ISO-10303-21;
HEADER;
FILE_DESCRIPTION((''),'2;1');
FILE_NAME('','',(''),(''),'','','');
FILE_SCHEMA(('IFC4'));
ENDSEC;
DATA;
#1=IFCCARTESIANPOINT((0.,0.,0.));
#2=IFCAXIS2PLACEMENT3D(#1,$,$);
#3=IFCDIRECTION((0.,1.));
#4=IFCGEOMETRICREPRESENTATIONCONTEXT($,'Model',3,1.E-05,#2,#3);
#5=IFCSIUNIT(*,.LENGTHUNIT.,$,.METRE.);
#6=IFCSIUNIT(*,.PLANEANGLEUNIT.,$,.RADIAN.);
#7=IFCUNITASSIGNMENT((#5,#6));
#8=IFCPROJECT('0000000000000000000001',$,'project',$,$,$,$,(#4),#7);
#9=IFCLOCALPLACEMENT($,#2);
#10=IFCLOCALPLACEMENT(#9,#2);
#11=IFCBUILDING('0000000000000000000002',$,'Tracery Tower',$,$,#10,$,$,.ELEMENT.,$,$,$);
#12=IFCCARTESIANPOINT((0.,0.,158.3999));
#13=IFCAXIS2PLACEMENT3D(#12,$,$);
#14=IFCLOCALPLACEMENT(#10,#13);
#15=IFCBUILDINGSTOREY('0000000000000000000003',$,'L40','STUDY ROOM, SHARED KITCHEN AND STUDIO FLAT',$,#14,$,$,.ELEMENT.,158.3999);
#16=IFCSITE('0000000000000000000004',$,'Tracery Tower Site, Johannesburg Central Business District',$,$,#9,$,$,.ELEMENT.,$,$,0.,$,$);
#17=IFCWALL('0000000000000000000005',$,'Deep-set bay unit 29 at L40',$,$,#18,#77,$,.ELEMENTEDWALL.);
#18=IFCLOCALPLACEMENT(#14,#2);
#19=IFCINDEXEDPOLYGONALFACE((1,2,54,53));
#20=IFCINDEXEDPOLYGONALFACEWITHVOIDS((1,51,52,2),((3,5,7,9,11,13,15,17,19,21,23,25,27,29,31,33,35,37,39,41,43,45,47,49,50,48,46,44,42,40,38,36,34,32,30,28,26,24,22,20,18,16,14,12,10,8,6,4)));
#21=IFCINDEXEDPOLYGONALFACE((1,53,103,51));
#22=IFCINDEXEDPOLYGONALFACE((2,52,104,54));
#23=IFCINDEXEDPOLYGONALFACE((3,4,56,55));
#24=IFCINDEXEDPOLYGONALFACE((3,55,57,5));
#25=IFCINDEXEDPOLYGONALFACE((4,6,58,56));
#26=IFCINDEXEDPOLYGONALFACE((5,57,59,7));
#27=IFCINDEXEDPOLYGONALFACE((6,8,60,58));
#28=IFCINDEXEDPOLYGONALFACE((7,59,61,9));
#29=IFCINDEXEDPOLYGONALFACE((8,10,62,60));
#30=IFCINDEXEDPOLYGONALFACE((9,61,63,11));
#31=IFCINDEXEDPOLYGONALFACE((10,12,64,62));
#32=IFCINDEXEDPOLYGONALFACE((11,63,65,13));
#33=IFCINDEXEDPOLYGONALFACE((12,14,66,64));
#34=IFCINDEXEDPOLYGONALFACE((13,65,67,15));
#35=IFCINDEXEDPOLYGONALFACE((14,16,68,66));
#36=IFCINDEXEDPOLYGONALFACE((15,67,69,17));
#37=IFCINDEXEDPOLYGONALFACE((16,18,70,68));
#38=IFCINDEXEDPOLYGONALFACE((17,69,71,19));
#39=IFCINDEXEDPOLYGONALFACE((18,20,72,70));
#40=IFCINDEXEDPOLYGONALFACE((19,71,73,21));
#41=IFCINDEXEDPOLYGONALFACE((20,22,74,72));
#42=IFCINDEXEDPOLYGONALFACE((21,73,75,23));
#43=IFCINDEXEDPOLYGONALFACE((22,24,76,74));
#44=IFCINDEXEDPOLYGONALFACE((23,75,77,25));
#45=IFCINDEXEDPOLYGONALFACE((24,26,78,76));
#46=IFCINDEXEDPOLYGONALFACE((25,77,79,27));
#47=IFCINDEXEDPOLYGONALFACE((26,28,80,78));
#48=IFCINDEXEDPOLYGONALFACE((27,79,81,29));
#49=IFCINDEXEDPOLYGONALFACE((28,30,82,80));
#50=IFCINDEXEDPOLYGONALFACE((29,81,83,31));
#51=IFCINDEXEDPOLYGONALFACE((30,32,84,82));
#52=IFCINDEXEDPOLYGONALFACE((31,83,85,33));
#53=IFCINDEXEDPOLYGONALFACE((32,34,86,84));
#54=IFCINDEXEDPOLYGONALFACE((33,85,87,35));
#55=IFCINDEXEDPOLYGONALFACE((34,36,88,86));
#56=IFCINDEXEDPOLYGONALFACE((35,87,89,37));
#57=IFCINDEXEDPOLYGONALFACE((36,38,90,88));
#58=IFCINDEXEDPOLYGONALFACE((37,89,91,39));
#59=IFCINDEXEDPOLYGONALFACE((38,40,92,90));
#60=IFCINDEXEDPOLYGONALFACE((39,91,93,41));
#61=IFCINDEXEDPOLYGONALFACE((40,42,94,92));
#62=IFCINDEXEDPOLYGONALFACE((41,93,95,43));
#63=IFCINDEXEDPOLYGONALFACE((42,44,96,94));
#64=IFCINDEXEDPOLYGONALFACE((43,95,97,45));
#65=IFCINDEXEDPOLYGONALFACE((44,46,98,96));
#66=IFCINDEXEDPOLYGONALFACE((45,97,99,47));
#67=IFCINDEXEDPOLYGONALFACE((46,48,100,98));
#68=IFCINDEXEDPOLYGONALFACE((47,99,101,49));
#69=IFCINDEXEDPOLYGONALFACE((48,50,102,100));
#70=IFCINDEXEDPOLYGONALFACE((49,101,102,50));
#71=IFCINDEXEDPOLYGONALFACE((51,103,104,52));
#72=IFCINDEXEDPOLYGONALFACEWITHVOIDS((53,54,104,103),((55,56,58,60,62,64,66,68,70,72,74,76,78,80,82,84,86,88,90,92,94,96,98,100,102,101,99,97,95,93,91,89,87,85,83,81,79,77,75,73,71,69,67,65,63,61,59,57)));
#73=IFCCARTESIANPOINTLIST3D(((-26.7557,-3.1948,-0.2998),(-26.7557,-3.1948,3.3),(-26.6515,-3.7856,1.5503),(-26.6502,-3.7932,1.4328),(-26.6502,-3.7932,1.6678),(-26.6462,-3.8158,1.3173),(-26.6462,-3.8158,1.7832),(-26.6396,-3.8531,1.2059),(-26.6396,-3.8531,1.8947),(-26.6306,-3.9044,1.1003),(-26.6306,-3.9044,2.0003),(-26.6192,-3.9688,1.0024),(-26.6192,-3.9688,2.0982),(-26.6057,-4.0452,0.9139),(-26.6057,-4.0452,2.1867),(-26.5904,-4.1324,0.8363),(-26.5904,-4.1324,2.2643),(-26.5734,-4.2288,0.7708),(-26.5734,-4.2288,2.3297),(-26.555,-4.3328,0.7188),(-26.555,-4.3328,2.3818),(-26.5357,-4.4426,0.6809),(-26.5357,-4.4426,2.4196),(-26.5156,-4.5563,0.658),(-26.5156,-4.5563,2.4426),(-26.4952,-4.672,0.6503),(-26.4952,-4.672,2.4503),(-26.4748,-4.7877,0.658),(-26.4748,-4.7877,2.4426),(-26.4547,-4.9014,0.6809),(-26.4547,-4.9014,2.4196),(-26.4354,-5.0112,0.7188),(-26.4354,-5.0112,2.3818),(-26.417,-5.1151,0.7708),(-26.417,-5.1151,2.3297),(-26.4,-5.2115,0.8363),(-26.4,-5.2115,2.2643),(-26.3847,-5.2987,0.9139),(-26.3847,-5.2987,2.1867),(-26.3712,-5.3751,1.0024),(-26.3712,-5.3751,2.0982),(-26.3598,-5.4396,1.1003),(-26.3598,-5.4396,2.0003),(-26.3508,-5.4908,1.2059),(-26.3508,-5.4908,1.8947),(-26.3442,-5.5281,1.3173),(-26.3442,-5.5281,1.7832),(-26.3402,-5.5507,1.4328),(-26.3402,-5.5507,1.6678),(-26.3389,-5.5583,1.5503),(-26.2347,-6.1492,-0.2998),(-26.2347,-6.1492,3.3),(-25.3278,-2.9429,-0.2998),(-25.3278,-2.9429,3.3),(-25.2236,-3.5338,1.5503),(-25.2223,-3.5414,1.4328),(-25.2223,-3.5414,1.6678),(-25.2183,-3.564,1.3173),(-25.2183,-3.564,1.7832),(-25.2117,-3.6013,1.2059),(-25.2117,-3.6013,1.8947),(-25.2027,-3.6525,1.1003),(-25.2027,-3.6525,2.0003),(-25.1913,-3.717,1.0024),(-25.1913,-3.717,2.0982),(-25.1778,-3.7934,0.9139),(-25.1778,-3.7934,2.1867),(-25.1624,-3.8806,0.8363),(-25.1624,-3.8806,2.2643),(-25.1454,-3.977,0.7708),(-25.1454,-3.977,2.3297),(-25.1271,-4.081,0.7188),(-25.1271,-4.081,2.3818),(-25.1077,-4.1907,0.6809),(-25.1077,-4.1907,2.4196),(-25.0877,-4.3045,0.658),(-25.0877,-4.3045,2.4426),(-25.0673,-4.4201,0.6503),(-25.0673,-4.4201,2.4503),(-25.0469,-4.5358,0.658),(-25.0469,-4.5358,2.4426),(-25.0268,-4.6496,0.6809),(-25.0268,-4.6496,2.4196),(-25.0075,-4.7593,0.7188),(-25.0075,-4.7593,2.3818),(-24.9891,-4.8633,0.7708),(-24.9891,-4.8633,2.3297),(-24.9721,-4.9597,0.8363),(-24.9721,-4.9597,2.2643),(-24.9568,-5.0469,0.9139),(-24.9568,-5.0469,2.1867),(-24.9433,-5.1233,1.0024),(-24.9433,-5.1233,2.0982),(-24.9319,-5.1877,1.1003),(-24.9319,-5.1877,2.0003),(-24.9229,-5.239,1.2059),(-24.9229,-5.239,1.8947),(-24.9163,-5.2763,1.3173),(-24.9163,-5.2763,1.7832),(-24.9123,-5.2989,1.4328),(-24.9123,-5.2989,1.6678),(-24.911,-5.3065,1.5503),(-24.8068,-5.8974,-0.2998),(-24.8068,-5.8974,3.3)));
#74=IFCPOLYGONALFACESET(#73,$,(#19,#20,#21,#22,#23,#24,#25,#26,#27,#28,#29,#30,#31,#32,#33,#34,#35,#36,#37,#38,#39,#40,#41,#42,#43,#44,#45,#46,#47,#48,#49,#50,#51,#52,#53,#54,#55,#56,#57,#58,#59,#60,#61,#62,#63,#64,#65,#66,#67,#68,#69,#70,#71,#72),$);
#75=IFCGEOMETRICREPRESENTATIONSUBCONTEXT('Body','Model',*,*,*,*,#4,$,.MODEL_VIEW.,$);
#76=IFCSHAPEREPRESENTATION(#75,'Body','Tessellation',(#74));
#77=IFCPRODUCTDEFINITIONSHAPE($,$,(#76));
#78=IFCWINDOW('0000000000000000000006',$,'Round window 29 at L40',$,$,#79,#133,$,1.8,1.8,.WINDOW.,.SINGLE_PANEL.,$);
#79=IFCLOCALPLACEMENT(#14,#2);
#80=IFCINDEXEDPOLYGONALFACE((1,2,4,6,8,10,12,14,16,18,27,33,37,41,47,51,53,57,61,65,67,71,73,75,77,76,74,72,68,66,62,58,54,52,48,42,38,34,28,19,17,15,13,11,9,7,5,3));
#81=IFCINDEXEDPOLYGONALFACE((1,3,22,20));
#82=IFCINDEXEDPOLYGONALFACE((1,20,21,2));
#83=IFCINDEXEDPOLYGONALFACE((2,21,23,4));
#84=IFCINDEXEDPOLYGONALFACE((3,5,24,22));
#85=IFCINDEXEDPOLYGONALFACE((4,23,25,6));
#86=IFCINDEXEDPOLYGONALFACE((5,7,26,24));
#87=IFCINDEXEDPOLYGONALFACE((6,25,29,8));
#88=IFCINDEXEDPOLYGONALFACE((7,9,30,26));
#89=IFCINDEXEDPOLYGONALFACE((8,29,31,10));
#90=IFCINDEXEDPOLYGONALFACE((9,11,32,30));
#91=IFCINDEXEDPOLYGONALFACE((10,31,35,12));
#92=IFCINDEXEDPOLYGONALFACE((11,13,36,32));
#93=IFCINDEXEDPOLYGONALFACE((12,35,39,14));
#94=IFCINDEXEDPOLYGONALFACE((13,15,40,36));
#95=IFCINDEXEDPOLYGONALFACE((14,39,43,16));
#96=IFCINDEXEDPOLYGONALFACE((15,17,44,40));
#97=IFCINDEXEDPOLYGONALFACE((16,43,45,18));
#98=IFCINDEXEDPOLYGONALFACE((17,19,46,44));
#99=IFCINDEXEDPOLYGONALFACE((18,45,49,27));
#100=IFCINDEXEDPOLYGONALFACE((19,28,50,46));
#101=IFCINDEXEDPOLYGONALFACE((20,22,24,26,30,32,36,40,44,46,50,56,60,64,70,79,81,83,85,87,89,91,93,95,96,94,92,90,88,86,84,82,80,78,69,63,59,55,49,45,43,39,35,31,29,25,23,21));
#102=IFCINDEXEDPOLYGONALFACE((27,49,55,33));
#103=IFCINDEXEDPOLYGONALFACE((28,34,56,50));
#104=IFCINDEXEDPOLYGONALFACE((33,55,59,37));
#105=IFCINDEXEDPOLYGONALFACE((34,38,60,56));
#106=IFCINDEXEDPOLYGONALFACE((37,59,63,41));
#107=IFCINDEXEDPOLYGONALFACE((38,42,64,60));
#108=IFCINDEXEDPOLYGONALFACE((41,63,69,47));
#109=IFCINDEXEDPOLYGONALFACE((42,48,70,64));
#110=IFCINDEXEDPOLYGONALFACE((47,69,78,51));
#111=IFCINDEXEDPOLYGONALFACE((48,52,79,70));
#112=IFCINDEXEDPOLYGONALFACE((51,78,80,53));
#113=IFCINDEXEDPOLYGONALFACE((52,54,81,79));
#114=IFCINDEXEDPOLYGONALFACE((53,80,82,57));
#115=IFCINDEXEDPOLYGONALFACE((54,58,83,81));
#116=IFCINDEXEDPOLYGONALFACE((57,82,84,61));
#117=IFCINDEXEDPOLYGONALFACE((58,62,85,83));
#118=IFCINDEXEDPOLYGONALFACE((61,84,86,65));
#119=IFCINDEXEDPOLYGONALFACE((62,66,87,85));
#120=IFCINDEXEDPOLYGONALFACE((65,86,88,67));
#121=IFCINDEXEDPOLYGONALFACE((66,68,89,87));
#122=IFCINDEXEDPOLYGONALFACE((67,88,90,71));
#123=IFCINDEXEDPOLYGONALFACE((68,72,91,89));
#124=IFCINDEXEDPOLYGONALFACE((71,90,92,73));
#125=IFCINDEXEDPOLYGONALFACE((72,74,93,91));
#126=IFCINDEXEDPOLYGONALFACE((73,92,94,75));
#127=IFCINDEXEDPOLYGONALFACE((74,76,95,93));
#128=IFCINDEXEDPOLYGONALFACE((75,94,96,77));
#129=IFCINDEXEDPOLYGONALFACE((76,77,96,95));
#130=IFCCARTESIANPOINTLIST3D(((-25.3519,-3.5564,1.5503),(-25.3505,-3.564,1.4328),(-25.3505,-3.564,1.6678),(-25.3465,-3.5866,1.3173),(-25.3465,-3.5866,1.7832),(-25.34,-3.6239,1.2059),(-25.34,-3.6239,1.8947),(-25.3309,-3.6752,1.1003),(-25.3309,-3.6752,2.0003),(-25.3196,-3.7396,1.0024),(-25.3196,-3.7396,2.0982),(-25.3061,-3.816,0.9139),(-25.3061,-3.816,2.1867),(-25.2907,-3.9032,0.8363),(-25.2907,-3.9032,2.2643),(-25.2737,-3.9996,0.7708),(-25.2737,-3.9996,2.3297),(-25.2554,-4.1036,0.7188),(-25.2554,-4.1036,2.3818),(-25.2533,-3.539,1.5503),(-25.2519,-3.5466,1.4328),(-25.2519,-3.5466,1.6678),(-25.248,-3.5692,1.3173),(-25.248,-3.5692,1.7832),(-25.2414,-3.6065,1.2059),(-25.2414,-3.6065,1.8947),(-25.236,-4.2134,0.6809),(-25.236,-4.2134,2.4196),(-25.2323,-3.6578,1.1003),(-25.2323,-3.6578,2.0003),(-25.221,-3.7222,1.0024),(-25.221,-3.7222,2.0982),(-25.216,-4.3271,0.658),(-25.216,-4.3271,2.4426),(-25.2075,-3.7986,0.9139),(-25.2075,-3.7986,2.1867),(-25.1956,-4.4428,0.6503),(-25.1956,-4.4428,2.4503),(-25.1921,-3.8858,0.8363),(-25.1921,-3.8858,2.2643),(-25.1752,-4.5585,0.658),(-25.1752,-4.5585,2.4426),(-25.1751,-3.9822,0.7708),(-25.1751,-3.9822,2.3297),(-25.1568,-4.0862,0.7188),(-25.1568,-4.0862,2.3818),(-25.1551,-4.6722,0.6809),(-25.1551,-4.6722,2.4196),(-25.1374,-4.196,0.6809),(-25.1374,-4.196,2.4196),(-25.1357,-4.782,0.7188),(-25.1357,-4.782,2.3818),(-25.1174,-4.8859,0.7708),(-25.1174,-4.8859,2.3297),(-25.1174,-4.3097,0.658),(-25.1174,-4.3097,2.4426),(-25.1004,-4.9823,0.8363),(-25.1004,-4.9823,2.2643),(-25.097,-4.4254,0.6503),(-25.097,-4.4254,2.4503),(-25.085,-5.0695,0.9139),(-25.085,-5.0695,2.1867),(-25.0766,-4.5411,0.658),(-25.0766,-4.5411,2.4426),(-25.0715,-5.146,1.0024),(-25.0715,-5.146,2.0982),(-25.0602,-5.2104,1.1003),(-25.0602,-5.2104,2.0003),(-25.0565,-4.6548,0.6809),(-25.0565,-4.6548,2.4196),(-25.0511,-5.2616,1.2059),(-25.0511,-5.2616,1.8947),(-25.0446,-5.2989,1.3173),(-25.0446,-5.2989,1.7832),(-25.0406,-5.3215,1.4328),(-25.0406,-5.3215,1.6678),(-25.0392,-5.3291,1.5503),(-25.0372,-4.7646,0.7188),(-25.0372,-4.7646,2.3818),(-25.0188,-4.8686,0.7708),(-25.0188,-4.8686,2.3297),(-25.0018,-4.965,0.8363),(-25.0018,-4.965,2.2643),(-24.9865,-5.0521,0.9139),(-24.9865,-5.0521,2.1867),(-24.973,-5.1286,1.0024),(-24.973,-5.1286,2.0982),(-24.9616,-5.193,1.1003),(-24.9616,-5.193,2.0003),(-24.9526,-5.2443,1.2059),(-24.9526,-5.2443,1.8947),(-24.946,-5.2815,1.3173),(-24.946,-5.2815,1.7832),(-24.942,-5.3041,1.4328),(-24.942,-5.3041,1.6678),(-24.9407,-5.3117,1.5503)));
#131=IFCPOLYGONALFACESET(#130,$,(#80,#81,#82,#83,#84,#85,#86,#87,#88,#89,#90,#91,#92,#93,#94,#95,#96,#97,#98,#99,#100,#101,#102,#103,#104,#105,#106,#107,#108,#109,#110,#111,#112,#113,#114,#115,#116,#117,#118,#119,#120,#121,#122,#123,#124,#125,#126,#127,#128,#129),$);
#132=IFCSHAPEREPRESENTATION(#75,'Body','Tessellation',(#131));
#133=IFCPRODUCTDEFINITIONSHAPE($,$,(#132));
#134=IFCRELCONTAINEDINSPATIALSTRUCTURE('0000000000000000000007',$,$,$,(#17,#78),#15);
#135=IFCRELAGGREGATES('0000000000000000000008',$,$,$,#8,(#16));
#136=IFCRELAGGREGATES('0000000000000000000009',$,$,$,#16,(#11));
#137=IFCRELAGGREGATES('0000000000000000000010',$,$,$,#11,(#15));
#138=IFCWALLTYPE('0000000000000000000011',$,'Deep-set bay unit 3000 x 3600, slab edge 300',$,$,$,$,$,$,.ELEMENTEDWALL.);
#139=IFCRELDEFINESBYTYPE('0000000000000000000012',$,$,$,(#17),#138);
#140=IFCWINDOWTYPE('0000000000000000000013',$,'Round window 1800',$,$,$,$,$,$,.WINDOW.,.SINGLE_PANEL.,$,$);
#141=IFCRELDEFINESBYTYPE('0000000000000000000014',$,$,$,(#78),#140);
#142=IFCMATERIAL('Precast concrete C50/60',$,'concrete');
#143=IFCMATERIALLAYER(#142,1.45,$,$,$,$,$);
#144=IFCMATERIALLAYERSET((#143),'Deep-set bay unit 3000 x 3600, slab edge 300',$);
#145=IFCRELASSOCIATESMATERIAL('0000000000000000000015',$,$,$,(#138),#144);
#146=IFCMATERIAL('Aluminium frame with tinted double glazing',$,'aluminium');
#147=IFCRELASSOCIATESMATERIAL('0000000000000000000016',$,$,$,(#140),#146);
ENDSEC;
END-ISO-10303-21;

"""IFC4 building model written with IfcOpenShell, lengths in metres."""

from ifc_helpers import new_model, si_unit, direction, frame, frame_2d, origin, origin_2d, place, context, subcontext, project, spatial, rectangle, circle, extrude, material, layer, layer_set, type_object, element, fill, save


model = new_model("IFC4")

# Units and contexts
model_context = context("Model", 3, precision=1e-05, world=origin(), true_north=direction((0.0, 1.0)))
body_context = subcontext(model_context, "Body", "Model", "MODEL_VIEW")
ifc_project = project(units=[si_unit("LENGTHUNIT", "METRE"), si_unit("PLANEANGLEUNIT", "RADIAN")], contexts=[model_context])

# Site, building, storey
site_placement = place(None, origin())
site = spatial("IfcSite", under=ifc_project, at=site_placement, Name="Tracery Tower Site, Johannesburg Central Business District", CompositionType="ELEMENT", RefElevation=0.0)
building_placement = place(site_placement, origin())
building = spatial("IfcBuilding", under=site, at=building_placement, Name="Tracery Tower", CompositionType="ELEMENT")
storey_placement = place(building_placement, frame((0.0, 0.0, 158.3999)))
storey = spatial("IfcBuildingStorey", under=building, at=storey_placement, Name="L40", Description="STUDY ROOM, SHARED KITCHEN AND STUDIO FLAT", CompositionType="ELEMENT", Elevation=158.3999)

# Wall, opening, window
ifc_material_1 = material(Name="Precast concrete C50/60", Category="concrete")
ifc_layer_1 = layer(ifc_material_1, 1.45)
ifc_layer_set_1 = layer_set([ifc_layer_1], Name="Deep-set bay unit 3000 x 3600, slab edge 300")
wall_type_1 = type_object("IfcWallType", Name="Deep-set bay unit 3000 x 3600, slab edge 300", PredefinedType="ELEMENTEDWALL", material=ifc_layer_set_1)
wall_1_placement = place(storey_placement, frame((-26.0417, -3.0688, -0.2998), z_axis=(0.0, 0.0, 1.0), x_axis=(0.173669, -0.984804, 0.0)))
wall_1 = element("IfcWall", 1, at=wall_1_placement, inside=storey, type_object=wall_type_1, Name="Deep-set bay unit 29 at L40", PredefinedType="ELEMENTEDWALL", context=body_context, shape_type="SweptSolid", body=[
    extrude(rectangle(XDim=3.0, YDim=1.45, at=frame_2d((1.5, 0.0))), origin(), (0.0, 0.0, 1.0), 3.5999),
])
opening_1_placement = place(wall_1_placement, frame((1.5, 0.0, 1.8501)))
opening_1 = element("IfcOpeningElement", 2, at=opening_1_placement, cuts=wall_1, PredefinedType="OPENING", context=body_context, shape_type="SweptSolid", body=[
    extrude(circle(Radius=0.9, at=origin_2d()), frame((0.0, 0.7349, 0.0), z_axis=(0.0, -1.0, 0.0), x_axis=(1.0, 0.0, 0.0)), (0.0, 0.0, 1.0), 1.47),
])
ifc_material_2 = material(Name="Aluminium frame with tinted double glazing", Category="aluminium")
window_type = type_object("IfcWindowType", Name="Round window 1800", PartitioningType="SINGLE_PANEL", PredefinedType="WINDOW", material=ifc_material_2)
window_1_placement = place(opening_1_placement, origin())
window_1 = element("IfcWindow", 3, at=window_1_placement, inside=storey, type_object=window_type, Name="Round window 29 at L40", OverallHeight=1.8, OverallWidth=1.8, PartitioningType="SINGLE_PANEL", PredefinedType="WINDOW", context=body_context, shape_type="SweptSolid", body=[
    extrude(circle(Radius=0.9, at=origin_2d()), frame((0.0, 0.6948, 0.0), z_axis=(0.0, -1.0, 0.0), x_axis=(1.0, 0.0, 0.0)), (0.0, 0.0, 1.0), 0.1001),
])
fill(opening_1, window_1)

save(model, "model.ifc")
